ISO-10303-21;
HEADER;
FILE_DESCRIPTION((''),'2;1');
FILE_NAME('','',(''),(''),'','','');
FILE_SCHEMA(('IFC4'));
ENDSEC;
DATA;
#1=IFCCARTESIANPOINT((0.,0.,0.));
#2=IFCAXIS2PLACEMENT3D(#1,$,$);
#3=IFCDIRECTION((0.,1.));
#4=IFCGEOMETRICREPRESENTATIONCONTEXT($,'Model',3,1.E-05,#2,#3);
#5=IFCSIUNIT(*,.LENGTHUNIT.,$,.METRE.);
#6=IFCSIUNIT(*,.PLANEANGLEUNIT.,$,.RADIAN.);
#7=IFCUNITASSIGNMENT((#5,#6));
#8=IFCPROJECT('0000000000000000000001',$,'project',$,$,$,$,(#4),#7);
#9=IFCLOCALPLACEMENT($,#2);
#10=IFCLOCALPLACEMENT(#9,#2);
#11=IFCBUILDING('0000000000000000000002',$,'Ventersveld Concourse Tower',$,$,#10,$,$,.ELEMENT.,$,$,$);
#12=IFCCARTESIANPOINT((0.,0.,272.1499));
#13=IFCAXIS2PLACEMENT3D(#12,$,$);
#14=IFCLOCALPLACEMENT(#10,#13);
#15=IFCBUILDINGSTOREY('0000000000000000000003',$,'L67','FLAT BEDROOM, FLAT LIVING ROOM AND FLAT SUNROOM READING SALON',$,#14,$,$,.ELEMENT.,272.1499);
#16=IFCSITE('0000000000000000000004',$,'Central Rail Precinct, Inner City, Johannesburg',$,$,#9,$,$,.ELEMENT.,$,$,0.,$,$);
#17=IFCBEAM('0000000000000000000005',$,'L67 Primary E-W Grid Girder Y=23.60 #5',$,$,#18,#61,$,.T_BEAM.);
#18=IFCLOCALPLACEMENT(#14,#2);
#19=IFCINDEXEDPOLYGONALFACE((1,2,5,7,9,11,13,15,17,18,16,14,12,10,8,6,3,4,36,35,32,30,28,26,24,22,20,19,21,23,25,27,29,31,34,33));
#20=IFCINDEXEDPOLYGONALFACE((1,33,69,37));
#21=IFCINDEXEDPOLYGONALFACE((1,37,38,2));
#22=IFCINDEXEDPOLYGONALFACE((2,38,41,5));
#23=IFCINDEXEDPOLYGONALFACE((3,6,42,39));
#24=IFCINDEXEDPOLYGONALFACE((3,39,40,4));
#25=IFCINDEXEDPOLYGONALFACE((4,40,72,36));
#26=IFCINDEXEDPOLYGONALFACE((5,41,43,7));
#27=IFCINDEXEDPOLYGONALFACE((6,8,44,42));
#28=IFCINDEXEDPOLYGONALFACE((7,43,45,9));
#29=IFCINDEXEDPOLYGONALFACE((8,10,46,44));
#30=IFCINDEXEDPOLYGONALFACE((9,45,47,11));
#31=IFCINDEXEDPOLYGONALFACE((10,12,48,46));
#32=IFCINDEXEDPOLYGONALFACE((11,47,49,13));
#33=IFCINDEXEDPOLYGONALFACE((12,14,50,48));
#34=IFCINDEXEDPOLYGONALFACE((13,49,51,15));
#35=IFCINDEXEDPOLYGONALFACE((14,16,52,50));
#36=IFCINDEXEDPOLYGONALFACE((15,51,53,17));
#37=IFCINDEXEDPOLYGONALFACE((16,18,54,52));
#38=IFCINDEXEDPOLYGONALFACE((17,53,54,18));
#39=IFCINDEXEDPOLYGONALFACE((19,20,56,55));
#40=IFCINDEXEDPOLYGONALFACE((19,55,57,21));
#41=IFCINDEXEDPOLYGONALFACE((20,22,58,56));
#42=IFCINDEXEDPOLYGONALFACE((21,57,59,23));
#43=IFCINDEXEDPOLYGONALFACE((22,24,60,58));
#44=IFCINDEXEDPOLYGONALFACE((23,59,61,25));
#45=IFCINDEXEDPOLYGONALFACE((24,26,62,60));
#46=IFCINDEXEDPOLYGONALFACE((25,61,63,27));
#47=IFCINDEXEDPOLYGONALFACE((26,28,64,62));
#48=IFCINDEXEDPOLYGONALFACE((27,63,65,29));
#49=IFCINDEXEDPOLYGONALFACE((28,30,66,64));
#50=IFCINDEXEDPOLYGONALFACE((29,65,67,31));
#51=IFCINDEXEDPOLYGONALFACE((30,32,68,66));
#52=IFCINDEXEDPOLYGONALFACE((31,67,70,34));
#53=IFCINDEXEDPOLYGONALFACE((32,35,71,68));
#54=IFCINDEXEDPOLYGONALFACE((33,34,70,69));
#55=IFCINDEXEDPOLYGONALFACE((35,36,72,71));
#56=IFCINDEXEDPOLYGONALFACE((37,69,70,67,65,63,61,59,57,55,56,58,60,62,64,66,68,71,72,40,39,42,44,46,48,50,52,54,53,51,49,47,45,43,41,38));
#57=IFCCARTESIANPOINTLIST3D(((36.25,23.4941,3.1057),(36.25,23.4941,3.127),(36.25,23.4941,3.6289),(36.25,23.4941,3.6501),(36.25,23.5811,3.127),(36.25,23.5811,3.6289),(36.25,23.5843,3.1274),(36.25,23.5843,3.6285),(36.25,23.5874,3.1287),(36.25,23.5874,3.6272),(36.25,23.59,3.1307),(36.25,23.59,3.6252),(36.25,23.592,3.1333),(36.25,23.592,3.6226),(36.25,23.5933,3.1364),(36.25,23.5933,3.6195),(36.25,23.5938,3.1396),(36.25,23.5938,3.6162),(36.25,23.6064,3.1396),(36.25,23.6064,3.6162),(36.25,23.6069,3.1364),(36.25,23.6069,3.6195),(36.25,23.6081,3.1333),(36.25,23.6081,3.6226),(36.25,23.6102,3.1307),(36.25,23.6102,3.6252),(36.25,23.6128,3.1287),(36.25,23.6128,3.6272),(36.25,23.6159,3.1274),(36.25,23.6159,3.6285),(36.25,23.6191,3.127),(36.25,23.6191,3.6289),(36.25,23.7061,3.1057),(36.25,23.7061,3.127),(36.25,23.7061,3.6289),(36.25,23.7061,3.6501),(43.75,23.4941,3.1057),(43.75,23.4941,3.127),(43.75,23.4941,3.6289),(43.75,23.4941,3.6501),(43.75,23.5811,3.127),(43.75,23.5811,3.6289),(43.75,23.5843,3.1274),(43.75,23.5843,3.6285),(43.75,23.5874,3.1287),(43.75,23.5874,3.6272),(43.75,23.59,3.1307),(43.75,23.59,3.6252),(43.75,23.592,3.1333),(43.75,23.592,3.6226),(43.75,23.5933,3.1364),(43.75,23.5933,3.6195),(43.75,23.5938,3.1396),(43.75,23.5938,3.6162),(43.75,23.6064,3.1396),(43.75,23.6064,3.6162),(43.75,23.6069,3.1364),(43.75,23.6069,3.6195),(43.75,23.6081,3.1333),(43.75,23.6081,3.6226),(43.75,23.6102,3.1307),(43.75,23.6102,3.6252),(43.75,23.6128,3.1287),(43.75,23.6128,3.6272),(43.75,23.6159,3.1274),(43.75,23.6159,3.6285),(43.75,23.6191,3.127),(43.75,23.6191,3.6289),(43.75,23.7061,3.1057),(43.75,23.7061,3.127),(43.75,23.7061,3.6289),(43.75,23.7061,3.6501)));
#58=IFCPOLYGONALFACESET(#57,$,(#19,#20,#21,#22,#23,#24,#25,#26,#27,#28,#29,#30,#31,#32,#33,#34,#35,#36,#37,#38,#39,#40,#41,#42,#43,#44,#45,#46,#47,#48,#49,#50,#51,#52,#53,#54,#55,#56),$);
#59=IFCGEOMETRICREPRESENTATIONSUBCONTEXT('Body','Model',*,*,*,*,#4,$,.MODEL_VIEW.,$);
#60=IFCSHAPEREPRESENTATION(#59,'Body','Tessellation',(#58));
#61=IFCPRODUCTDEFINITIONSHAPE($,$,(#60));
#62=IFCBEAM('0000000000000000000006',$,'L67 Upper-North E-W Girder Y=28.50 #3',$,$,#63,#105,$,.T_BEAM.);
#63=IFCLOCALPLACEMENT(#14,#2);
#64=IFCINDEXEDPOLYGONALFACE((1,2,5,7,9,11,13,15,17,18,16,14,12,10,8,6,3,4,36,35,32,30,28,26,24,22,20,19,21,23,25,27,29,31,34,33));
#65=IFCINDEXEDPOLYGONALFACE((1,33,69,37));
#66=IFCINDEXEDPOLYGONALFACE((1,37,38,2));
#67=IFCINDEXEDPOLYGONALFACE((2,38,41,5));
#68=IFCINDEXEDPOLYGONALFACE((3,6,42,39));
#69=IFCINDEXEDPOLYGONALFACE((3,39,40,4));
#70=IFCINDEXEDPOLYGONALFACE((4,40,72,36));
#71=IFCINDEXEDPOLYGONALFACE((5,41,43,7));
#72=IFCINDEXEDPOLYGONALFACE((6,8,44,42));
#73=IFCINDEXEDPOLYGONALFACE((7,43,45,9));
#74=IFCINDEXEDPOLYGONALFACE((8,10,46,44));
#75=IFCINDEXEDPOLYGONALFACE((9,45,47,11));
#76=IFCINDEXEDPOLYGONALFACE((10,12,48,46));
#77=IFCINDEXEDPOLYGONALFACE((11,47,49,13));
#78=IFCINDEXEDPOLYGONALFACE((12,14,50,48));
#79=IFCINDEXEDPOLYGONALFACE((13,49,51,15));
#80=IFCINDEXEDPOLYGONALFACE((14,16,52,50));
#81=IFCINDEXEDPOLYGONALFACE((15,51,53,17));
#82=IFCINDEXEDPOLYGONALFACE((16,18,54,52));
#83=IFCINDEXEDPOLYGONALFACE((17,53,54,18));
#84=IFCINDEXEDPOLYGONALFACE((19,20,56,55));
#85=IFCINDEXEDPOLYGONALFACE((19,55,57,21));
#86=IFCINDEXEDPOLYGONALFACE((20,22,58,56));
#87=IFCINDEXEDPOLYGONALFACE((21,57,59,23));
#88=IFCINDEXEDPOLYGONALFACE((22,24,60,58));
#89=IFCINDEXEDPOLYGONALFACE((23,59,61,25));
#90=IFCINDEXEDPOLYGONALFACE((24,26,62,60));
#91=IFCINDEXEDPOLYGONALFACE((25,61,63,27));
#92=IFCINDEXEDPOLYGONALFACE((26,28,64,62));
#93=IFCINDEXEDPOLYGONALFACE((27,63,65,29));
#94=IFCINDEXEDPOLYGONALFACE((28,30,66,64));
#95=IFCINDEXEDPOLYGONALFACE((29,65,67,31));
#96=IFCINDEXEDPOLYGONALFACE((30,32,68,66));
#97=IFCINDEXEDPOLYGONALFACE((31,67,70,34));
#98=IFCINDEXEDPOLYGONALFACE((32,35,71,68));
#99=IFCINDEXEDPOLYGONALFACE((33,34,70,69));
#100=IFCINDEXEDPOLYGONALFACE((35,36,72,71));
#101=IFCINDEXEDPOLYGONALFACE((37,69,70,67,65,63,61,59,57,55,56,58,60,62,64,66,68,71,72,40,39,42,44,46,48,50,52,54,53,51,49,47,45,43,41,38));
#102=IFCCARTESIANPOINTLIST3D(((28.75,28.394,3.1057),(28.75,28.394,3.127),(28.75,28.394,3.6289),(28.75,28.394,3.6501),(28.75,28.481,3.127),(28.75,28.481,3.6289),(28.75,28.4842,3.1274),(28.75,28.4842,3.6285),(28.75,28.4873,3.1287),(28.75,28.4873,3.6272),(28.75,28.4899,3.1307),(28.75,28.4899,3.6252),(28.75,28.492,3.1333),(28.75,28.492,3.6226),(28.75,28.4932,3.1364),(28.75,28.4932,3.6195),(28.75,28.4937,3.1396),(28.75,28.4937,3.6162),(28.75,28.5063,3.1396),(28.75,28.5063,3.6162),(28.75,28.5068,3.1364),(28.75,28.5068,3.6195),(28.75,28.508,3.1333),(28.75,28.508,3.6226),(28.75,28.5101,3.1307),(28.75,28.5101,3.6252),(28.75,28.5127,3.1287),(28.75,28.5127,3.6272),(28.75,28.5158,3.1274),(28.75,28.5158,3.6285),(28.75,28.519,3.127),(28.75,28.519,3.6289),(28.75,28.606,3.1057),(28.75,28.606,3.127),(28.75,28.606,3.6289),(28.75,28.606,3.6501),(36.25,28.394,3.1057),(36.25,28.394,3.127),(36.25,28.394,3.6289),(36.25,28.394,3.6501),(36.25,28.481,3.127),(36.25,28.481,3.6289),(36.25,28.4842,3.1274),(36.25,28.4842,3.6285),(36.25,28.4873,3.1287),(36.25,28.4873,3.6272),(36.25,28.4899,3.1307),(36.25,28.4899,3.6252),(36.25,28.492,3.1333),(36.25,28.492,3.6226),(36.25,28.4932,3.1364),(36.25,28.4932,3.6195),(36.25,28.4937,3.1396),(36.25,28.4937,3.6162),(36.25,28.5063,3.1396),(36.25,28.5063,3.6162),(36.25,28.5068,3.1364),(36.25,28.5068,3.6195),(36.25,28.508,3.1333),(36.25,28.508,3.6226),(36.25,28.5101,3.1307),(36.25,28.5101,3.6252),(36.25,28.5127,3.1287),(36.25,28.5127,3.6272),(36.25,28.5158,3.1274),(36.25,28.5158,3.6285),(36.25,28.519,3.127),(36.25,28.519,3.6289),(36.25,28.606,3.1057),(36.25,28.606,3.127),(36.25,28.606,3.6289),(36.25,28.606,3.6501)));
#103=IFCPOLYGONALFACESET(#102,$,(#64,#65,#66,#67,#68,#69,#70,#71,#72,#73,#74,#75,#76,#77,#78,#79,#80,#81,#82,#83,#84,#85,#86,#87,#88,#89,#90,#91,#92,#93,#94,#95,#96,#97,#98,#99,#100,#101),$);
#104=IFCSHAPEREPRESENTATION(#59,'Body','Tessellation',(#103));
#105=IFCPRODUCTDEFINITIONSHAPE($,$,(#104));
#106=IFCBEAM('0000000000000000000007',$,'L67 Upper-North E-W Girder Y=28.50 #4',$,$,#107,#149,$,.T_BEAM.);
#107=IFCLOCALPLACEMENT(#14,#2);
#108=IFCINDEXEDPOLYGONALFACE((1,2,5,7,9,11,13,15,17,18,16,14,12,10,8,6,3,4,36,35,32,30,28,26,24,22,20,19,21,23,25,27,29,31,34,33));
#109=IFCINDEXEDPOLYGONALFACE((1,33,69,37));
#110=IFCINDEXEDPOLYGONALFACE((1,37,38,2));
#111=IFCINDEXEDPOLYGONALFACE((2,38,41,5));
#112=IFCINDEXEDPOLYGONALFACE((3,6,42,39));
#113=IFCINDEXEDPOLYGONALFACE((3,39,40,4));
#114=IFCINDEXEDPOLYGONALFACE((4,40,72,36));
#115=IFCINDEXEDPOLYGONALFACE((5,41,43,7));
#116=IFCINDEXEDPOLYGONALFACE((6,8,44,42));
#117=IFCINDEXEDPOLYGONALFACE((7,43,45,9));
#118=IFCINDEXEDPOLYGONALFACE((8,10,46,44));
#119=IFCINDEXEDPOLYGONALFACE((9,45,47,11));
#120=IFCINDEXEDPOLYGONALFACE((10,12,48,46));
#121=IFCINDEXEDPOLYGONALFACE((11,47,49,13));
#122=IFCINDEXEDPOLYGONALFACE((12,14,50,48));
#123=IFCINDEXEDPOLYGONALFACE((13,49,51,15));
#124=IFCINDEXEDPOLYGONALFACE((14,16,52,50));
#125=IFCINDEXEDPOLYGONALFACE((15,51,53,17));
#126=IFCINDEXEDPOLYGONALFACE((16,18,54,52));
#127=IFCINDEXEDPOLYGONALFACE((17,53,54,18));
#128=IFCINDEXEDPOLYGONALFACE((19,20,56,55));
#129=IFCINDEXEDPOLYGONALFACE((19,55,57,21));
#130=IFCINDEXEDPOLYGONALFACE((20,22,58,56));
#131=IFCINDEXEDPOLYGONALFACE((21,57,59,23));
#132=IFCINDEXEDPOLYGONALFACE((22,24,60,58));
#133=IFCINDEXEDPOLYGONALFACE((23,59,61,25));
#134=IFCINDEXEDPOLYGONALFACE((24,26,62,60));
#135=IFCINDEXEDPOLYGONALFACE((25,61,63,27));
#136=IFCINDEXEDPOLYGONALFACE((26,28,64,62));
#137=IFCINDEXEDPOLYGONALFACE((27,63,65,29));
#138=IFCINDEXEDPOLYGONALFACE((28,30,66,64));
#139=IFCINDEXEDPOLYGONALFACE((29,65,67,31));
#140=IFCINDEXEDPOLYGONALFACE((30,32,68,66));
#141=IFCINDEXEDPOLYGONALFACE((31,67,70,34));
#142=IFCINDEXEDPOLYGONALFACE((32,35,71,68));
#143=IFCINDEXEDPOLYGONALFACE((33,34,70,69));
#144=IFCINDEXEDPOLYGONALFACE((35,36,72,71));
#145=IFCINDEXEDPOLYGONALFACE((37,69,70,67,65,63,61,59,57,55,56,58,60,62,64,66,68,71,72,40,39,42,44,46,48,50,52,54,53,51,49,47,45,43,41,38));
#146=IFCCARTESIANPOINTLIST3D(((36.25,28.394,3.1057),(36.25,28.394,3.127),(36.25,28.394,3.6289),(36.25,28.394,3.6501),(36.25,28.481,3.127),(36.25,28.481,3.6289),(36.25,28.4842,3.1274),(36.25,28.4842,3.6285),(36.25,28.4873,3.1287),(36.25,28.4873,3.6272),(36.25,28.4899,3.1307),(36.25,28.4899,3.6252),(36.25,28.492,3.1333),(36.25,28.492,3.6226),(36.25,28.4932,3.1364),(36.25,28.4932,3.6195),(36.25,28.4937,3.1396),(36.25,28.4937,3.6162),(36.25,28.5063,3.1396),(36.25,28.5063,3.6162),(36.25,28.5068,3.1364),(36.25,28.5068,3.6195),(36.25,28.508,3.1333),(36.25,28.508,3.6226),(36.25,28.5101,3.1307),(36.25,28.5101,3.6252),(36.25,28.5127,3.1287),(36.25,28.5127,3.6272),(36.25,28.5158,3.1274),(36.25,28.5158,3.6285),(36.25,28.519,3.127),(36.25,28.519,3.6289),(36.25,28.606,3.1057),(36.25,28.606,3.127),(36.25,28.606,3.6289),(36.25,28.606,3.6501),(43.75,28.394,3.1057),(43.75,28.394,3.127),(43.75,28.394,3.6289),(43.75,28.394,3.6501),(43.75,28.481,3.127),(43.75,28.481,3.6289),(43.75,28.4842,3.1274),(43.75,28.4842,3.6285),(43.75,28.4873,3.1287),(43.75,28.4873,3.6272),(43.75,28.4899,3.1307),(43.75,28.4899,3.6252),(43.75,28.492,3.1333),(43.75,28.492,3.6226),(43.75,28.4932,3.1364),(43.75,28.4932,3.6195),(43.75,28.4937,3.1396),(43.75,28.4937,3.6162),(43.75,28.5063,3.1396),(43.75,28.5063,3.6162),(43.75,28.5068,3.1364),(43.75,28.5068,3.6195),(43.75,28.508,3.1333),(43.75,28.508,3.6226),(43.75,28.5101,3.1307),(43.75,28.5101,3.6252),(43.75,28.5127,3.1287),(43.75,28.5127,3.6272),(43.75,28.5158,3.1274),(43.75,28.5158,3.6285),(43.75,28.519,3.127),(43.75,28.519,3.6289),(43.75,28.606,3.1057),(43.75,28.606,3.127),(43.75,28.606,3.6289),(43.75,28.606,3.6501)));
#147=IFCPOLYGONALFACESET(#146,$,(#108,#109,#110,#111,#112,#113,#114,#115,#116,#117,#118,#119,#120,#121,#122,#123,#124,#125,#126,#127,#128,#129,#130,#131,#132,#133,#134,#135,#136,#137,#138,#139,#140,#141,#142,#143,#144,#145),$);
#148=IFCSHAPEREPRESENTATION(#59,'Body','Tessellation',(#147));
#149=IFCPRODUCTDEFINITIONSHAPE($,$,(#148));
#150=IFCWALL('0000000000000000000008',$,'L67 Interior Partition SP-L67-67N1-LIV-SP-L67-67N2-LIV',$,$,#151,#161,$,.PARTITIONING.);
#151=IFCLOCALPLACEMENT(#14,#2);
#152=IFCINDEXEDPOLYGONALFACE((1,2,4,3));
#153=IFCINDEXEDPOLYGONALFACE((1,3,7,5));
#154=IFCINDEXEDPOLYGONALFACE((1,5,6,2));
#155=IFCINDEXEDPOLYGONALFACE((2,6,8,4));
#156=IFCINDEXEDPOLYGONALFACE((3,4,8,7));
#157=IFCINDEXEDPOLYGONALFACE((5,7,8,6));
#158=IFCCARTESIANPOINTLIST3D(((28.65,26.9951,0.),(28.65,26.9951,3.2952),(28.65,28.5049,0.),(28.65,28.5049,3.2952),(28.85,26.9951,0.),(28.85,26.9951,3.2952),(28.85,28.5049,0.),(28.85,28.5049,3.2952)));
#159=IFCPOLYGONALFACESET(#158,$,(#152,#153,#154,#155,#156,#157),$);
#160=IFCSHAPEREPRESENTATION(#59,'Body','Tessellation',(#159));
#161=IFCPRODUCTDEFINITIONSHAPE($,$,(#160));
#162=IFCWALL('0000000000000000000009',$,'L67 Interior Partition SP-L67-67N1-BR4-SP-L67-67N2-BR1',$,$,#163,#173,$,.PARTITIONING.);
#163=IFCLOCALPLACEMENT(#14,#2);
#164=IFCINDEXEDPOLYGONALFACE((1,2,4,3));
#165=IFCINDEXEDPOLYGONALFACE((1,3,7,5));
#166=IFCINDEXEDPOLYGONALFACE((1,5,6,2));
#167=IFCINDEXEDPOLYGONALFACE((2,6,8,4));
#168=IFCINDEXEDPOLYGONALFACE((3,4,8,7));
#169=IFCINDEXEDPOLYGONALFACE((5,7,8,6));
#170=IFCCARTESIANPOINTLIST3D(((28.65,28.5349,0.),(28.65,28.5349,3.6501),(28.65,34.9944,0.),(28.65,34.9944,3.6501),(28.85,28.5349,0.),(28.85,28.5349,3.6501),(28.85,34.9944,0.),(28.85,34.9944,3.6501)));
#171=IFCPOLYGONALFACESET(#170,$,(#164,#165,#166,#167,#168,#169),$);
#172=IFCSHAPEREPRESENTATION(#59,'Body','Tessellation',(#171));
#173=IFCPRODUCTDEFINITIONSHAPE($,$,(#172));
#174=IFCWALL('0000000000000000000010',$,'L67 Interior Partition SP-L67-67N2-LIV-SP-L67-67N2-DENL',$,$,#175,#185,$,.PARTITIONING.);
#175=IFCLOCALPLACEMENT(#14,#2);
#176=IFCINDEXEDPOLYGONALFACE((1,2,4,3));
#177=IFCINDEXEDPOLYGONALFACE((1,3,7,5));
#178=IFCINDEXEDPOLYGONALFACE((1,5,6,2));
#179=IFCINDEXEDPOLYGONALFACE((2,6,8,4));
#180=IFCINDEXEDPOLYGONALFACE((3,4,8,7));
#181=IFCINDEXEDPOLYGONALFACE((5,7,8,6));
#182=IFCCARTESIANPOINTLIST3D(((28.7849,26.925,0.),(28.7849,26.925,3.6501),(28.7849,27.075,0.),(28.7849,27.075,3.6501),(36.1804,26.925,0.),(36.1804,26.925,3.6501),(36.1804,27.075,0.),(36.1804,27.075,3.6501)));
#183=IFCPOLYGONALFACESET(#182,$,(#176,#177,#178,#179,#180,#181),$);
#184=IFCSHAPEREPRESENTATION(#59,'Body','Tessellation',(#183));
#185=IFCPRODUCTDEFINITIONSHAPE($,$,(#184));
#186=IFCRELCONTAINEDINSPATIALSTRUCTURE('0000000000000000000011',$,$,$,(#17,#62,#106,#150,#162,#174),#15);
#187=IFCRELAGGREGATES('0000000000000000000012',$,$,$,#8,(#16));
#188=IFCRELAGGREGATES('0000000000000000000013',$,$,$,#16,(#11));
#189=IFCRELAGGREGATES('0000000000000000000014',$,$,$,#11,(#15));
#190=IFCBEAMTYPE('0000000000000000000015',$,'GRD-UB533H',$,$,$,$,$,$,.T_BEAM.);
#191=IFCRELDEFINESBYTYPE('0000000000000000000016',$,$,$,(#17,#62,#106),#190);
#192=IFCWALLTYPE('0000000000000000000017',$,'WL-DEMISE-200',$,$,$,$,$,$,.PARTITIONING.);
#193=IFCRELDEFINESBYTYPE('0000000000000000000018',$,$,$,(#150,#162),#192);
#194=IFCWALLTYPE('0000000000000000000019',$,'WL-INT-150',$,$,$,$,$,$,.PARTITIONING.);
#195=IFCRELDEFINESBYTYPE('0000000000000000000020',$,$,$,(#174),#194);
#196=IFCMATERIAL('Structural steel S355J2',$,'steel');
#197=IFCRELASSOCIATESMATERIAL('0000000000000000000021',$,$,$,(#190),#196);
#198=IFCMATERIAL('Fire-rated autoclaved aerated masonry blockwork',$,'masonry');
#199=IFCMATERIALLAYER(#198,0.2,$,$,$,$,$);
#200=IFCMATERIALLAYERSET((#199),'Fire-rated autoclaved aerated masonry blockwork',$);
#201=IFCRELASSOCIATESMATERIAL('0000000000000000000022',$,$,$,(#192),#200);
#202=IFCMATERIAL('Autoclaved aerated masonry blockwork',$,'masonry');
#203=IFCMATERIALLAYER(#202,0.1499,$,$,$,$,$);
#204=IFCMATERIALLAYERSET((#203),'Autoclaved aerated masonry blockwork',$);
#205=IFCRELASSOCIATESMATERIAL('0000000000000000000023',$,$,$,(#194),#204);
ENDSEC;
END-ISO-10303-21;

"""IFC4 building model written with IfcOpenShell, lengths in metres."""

from ifc_helpers import new_model, si_unit, direction, frame, frame_2d, origin, origin_2d, place, context, subcontext, project, spatial, rectangle, i_section, extrude, material, layer, layer_set, material_profile, profile_set, type_object, element, save


model = new_model("IFC4")

# Units and contexts
model_context = context("Model", 3, precision=1e-05, world=origin(), true_north=direction((0.0, 1.0)))
body_context = subcontext(model_context, "Body", "Model", "MODEL_VIEW")
ifc_project = project(units=[si_unit("LENGTHUNIT", "METRE"), si_unit("PLANEANGLEUNIT", "RADIAN")], contexts=[model_context])

# Site, building, storey
site_placement = place(None, origin())
site = spatial("IfcSite", under=ifc_project, at=site_placement, Name="Central Rail Precinct, Inner City, Johannesburg", CompositionType="ELEMENT", RefElevation=0.0)
building_placement = place(site_placement, origin())
building = spatial("IfcBuilding", under=site, at=building_placement, Name="Ventersveld Concourse Tower", CompositionType="ELEMENT")
storey_placement = place(building_placement, frame((0.0, 0.0, 272.1499)))
storey = spatial("IfcBuildingStorey", under=building, at=storey_placement, Name="L67", Description="FLAT BEDROOM, FLAT LIVING ROOM AND FLAT SUNROOM READING SALON", CompositionType="ELEMENT", Elevation=272.1499)

# Beams
ifc_material_1 = material(Name="Structural steel S355J2", Category="steel")
ifc_material_profile_1 = material_profile(ifc_material_1, i_section(OverallWidth=0.2119, OverallDepth=0.5444, WebThickness=0.0127, FlangeThickness=0.0212, FilletRadius=0.0127, at=origin_2d()), Name="UB 533x210x122")
ifc_profile_set_1 = profile_set([ifc_material_profile_1], Name="Structural steel S355J2")
beam_type_1 = type_object("IfcBeamType", Name="GRD-UB533H", PredefinedType="T_BEAM", material=ifc_profile_set_1)
for number, where, z_axis, x_axis, name in (
    (1, (36.25, 23.6001, 3.3779), (1.0, 0.0, 0.0), (0.0, 1.0, 0.0), "L67 Primary E-W Grid Girder Y=23.60 #5"),
    (2, (28.75, 28.5, 3.3779), (1.0, 0.0, 0.0), (0.0, 1.0, 0.0), "L67 Upper-North E-W Girder Y=28.50 #3"),
    (3, (36.25, 28.5, 3.3779), (1.0, 0.0, 0.0), (0.0, 1.0, 0.0), "L67 Upper-North E-W Girder Y=28.50 #4"),
):
    element("IfcBeam", number, at=place(storey_placement, frame(where, z_axis=z_axis, x_axis=x_axis)), inside=storey, type_object=beam_type_1, Name=name, PredefinedType="T_BEAM", context=body_context, shape_type="SweptSolid", body=[
        extrude(i_section(OverallWidth=0.2119, OverallDepth=0.5444, WebThickness=0.0127, FlangeThickness=0.0212, FilletRadius=0.0127, at=origin_2d()), origin(), (0.0, 0.0, 1.0), 7.5),
    ])

# Walls
ifc_material_2 = material(Name="Fire-rated autoclaved aerated masonry blockwork", Category="masonry")
ifc_layer_1 = layer(ifc_material_2, 0.2)
ifc_layer_set_1 = layer_set([ifc_layer_1], Name="Fire-rated autoclaved aerated masonry blockwork")
wall_type_1 = type_object("IfcWallType", Name="WL-DEMISE-200", PredefinedType="PARTITIONING", material=ifc_layer_set_1)
wall_1_placement = place(storey_placement, frame((28.75, 26.9951, 0.0), z_axis=(0.0, 0.0, 1.0), x_axis=(0.0, 1.0, 0.0)))
element("IfcWall", 4, at=wall_1_placement, inside=storey, type_object=wall_type_1, Name="L67 Interior Partition SP-L67-67N1-LIV-SP-L67-67N2-LIV", PredefinedType="PARTITIONING", context=body_context, shape_type="SweptSolid", body=[
    extrude(rectangle(XDim=1.5098, YDim=0.2, at=frame_2d((0.7549, 0.0))), origin(), (0.0, 0.0, 1.0), 3.2952),
])
wall_2_placement = place(storey_placement, frame((28.75, 28.5349, 0.0), z_axis=(0.0, 0.0, 1.0), x_axis=(0.0, 1.0, 0.0)))
element("IfcWall", 5, at=wall_2_placement, inside=storey, type_object=wall_type_1, Name="L67 Interior Partition SP-L67-67N1-BR4-SP-L67-67N2-BR1", PredefinedType="PARTITIONING", context=body_context, shape_type="SweptSolid", body=[
    extrude(rectangle(XDim=6.4595, YDim=0.2, at=frame_2d((3.2297, 0.0))), origin(), (0.0, 0.0, 1.0), 3.6501),
])
ifc_material_3 = material(Name="Autoclaved aerated masonry blockwork", Category="masonry")
ifc_layer_2 = layer(ifc_material_3, 0.1499)
ifc_layer_set_2 = layer_set([ifc_layer_2], Name="Autoclaved aerated masonry blockwork")
wall_type_2 = type_object("IfcWallType", Name="WL-INT-150", PredefinedType="PARTITIONING", material=ifc_layer_set_2)
wall_3_placement = place(storey_placement, frame((28.7849, 27.0, 0.0), z_axis=(0.0, 0.0, 1.0), x_axis=(1.0, 0.0, 0.0)))
element("IfcWall", 6, at=wall_3_placement, inside=storey, type_object=wall_type_2, Name="L67 Interior Partition SP-L67-67N2-LIV-SP-L67-67N2-DENL", PredefinedType="PARTITIONING", context=body_context, shape_type="SweptSolid", body=[
    extrude(rectangle(XDim=7.3955, YDim=0.1499, at=frame_2d((3.6978, 0.0))), origin(), (0.0, 0.0, 1.0), 3.6501),
])

save(model, "model.ifc")
